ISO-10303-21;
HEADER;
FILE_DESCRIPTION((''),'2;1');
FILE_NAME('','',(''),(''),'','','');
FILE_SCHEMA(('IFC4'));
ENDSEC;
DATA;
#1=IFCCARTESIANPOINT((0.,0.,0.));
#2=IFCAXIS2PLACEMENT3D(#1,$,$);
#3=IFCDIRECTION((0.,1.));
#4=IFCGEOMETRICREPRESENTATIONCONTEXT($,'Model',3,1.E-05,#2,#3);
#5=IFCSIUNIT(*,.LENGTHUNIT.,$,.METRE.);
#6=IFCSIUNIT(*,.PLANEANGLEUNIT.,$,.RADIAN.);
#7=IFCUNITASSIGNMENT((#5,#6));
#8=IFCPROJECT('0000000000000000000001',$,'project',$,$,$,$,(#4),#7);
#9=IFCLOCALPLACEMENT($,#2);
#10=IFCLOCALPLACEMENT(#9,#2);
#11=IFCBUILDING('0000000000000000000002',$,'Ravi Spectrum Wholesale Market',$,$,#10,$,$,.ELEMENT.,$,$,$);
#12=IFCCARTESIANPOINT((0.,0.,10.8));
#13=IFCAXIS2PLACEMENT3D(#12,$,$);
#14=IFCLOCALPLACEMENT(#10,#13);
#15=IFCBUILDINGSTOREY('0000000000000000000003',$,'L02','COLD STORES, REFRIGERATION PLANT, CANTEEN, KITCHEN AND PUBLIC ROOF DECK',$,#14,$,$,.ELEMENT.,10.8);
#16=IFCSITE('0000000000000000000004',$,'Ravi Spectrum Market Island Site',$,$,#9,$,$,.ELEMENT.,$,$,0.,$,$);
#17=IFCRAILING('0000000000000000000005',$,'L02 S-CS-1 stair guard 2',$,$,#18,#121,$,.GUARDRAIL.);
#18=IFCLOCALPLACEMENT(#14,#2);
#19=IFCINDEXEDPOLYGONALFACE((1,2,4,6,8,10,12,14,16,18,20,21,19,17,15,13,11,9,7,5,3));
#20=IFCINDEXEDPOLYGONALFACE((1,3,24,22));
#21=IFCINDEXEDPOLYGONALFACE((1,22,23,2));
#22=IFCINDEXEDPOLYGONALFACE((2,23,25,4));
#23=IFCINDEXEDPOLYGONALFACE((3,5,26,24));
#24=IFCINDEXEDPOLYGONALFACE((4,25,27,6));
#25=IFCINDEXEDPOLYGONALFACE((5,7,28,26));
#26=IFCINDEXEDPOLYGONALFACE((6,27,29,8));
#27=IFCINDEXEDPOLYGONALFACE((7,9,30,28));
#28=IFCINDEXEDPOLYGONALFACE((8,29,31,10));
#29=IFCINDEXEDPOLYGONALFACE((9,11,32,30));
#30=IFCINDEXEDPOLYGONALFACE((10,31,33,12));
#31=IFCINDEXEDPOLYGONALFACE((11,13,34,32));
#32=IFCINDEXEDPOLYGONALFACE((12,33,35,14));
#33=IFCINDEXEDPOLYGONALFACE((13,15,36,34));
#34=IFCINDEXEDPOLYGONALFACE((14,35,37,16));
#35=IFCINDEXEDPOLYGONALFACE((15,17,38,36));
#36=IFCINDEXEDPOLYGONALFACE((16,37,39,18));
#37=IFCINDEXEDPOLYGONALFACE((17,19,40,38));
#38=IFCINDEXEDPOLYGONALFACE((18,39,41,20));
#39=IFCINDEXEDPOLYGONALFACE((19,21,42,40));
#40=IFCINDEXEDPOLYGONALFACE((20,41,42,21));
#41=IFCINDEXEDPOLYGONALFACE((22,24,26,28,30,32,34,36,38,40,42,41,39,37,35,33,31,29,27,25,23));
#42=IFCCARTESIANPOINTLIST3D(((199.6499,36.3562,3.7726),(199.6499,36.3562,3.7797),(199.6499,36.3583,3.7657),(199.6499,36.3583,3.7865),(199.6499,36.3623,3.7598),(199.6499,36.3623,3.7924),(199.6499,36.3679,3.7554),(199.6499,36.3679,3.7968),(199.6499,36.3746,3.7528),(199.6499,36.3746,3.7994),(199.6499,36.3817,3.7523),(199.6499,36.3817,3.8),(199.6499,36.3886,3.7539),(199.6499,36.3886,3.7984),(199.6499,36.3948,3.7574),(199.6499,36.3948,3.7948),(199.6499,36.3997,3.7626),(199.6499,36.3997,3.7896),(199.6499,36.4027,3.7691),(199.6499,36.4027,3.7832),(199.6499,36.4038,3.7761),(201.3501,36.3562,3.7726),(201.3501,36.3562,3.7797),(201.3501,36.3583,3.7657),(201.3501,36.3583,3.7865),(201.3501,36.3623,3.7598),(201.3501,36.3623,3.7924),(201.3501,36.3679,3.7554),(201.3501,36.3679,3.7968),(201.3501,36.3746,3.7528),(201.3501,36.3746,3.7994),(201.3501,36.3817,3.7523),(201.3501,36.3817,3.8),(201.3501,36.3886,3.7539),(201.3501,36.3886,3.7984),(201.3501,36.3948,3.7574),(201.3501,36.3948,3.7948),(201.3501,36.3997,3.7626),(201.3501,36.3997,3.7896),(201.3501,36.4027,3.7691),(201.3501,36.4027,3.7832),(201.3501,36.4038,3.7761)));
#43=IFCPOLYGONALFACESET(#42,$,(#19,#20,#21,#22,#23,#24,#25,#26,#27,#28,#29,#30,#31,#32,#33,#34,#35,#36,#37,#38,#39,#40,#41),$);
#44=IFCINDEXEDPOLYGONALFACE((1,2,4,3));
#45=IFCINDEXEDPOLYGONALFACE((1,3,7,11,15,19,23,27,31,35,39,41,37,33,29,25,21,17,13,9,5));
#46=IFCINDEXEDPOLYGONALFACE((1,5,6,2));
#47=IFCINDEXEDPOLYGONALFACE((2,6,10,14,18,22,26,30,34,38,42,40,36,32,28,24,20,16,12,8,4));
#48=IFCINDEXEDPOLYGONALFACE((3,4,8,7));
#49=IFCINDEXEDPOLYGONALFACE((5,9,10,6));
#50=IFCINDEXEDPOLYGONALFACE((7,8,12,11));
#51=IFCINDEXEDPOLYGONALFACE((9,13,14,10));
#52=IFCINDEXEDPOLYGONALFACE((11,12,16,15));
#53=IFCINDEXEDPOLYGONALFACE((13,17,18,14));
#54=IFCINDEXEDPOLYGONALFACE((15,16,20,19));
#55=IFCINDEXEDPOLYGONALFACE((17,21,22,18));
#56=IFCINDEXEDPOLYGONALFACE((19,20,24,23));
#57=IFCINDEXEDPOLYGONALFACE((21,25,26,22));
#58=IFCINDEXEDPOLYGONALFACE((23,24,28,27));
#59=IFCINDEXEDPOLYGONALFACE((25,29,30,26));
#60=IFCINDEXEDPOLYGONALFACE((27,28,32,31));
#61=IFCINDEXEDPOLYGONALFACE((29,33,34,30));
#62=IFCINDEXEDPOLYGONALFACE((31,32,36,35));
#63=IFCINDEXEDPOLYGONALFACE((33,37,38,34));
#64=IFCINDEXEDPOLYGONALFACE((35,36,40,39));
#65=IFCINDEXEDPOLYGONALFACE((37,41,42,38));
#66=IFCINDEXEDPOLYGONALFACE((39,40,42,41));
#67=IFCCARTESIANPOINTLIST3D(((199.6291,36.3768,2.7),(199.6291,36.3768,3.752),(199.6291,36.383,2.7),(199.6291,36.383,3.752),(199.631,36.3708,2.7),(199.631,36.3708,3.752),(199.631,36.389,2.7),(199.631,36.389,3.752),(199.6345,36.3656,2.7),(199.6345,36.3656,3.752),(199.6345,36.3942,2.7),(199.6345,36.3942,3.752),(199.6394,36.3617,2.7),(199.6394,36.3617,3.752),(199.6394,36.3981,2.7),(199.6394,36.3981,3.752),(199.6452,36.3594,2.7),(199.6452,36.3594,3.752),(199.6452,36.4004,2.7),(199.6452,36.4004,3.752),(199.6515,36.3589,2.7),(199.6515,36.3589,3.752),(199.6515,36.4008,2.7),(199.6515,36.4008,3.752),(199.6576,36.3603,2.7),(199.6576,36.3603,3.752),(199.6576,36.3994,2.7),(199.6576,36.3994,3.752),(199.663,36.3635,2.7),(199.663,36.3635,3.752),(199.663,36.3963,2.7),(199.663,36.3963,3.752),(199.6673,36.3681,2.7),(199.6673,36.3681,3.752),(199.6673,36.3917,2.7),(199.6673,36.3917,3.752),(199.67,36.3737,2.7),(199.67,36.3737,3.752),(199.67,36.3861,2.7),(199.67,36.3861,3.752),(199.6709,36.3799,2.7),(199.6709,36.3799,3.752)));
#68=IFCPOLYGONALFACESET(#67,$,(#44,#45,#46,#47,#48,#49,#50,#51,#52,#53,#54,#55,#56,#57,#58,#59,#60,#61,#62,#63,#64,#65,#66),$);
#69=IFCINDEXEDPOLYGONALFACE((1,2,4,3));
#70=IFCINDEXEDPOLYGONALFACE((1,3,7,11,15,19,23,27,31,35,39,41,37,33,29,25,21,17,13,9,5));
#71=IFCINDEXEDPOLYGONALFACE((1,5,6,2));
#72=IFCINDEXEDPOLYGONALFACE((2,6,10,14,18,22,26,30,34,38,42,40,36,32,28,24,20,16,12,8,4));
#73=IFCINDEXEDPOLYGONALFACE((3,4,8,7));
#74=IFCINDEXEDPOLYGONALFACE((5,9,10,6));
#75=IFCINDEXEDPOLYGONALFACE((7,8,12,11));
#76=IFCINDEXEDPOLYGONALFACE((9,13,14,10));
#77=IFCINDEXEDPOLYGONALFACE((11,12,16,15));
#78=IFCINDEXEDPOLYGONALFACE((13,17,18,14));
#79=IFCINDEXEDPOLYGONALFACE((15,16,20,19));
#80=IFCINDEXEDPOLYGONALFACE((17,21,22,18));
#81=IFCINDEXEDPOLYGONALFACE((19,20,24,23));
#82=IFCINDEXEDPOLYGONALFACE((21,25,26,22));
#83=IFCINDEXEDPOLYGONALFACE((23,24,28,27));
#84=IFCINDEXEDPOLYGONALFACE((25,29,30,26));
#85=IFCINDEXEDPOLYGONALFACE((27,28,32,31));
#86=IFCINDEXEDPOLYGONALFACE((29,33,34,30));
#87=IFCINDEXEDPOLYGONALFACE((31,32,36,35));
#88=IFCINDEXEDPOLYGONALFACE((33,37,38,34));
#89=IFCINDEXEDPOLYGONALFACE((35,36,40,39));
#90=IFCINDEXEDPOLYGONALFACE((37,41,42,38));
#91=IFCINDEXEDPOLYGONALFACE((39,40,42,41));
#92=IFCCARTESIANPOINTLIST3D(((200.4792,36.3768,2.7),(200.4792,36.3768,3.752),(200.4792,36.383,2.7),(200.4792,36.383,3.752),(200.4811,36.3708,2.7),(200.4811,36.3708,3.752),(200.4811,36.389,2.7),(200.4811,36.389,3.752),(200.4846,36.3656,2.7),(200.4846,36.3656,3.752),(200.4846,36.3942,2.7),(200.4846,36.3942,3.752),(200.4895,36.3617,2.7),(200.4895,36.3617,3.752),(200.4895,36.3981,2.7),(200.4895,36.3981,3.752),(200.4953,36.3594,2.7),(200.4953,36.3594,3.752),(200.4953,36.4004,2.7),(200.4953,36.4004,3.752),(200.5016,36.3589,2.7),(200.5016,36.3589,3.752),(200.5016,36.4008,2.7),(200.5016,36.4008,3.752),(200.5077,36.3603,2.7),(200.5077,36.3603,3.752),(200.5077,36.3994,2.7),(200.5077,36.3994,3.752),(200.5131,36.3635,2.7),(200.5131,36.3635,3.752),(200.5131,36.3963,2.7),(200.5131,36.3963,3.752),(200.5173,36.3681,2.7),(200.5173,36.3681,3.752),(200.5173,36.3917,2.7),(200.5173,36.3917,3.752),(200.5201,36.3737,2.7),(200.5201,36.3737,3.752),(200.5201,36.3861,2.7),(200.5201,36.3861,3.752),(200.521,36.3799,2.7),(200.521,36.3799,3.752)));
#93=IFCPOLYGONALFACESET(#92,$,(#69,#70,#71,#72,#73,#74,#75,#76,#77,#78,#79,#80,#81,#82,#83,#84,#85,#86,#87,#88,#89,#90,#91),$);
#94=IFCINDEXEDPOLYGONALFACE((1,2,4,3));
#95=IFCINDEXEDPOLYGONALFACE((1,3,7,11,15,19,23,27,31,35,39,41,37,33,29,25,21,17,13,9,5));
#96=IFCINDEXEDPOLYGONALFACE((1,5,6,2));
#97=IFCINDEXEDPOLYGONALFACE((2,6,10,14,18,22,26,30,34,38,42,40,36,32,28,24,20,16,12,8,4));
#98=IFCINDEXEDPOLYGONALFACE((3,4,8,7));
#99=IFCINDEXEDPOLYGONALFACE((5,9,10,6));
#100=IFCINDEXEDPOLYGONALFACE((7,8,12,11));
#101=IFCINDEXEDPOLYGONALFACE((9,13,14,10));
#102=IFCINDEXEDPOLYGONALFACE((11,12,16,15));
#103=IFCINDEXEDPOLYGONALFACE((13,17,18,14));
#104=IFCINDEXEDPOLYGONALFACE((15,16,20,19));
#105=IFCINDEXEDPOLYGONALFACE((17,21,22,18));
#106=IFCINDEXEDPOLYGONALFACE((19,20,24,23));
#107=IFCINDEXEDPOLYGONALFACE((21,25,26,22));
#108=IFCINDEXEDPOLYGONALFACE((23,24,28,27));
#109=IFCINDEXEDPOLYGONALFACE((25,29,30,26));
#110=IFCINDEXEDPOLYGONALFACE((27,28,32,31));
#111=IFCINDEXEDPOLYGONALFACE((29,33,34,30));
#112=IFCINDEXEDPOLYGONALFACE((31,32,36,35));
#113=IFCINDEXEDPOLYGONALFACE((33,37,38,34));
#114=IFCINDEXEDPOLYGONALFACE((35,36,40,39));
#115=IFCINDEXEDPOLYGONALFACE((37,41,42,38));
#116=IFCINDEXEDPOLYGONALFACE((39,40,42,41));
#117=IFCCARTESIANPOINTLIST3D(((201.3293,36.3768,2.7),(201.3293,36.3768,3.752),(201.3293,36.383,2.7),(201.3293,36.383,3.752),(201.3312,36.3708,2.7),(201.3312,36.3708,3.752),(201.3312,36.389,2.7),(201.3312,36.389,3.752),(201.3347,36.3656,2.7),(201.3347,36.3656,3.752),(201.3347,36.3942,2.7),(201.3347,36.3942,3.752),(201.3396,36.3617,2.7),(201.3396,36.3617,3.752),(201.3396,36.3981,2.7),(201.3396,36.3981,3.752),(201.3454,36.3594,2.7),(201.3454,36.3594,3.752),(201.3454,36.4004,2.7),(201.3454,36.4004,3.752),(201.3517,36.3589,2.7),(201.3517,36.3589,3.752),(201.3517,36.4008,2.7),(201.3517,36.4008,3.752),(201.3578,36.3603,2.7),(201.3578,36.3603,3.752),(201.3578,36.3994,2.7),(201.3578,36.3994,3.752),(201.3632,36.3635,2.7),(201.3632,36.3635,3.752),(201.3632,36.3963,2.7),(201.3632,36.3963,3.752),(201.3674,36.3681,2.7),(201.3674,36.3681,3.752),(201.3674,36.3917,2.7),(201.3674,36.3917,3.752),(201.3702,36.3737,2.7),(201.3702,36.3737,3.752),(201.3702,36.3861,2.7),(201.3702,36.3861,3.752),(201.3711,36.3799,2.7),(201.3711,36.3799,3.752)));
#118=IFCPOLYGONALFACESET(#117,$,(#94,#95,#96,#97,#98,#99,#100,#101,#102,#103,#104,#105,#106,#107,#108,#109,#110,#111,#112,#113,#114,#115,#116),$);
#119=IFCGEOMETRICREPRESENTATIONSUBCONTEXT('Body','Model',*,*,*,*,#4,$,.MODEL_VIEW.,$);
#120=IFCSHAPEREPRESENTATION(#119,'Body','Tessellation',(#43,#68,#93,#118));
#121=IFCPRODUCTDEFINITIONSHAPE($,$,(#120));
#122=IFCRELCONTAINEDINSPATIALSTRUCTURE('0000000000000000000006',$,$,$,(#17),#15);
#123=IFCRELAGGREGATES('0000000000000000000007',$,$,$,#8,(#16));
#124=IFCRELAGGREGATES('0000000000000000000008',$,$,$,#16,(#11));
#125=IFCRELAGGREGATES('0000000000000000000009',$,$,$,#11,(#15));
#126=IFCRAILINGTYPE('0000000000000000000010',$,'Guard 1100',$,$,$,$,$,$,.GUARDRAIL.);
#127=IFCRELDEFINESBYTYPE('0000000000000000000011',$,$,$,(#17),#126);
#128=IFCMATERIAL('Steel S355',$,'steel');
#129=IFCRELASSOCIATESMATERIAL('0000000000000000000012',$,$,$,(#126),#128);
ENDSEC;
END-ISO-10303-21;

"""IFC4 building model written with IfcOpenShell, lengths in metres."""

from ifc_helpers import new_model, si_unit, direction, frame, origin, origin_2d, place, context, subcontext, project, spatial, circle, extrude, material, type_object, element, save


model = new_model("IFC4")

# Units and contexts
model_context = context("Model", 3, precision=1e-05, world=origin(), true_north=direction((0.0, 1.0)))
body_context = subcontext(model_context, "Body", "Model", "MODEL_VIEW")
ifc_project = project(units=[si_unit("LENGTHUNIT", "METRE"), si_unit("PLANEANGLEUNIT", "RADIAN")], contexts=[model_context])

# Site, building, storey
site_placement = place(None, origin())
site = spatial("IfcSite", under=ifc_project, at=site_placement, Name="Ravi Spectrum Market Island Site", CompositionType="ELEMENT", RefElevation=0.0)
building_placement = place(site_placement, origin())
building = spatial("IfcBuilding", under=site, at=building_placement, Name="Ravi Spectrum Wholesale Market", CompositionType="ELEMENT")
storey_placement = place(building_placement, frame((0.0, 0.0, 10.8)))
storey = spatial("IfcBuildingStorey", under=building, at=storey_placement, Name="L02", Description="COLD STORES, REFRIGERATION PLANT, CANTEEN, KITCHEN AND PUBLIC ROOF DECK", CompositionType="ELEMENT", Elevation=10.8)

# Railing
ifc_material_1 = material(Name="Steel S355", Category="steel")
railing_type_1 = type_object("IfcRailingType", Name="Guard 1100", PredefinedType="GUARDRAIL", material=ifc_material_1)
railing_1_placement = place(storey_placement, frame((199.6499, 36.3799, 2.7)))
element("IfcRailing", 1, at=railing_1_placement, inside=storey, type_object=railing_type_1, Name="L02 S-CS-1 stair guard 2", PredefinedType="GUARDRAIL", context=body_context, shape_type="SweptSolid", body=[
    extrude(circle(Radius=0.0239, at=origin_2d()), frame((0.0, 0.0, 1.0762), z_axis=(1.0, 0.0, 0.0), x_axis=(0.0, 1.0, 0.0)), (0.0, 0.0, 1.0), 1.7002),
    extrude(circle(Radius=0.021, at=origin_2d()), origin(), (0.0, 0.0, 1.0), 1.052),
    extrude(circle(Radius=0.021, at=origin_2d()), frame((0.8501, 0.0, 0.0)), (0.0, 0.0, 1.0), 1.052),
    extrude(circle(Radius=0.021, at=origin_2d()), frame((1.7002, 0.0, 0.0)), (0.0, 0.0, 1.0), 1.052),
])

save(model, "model.ifc")
